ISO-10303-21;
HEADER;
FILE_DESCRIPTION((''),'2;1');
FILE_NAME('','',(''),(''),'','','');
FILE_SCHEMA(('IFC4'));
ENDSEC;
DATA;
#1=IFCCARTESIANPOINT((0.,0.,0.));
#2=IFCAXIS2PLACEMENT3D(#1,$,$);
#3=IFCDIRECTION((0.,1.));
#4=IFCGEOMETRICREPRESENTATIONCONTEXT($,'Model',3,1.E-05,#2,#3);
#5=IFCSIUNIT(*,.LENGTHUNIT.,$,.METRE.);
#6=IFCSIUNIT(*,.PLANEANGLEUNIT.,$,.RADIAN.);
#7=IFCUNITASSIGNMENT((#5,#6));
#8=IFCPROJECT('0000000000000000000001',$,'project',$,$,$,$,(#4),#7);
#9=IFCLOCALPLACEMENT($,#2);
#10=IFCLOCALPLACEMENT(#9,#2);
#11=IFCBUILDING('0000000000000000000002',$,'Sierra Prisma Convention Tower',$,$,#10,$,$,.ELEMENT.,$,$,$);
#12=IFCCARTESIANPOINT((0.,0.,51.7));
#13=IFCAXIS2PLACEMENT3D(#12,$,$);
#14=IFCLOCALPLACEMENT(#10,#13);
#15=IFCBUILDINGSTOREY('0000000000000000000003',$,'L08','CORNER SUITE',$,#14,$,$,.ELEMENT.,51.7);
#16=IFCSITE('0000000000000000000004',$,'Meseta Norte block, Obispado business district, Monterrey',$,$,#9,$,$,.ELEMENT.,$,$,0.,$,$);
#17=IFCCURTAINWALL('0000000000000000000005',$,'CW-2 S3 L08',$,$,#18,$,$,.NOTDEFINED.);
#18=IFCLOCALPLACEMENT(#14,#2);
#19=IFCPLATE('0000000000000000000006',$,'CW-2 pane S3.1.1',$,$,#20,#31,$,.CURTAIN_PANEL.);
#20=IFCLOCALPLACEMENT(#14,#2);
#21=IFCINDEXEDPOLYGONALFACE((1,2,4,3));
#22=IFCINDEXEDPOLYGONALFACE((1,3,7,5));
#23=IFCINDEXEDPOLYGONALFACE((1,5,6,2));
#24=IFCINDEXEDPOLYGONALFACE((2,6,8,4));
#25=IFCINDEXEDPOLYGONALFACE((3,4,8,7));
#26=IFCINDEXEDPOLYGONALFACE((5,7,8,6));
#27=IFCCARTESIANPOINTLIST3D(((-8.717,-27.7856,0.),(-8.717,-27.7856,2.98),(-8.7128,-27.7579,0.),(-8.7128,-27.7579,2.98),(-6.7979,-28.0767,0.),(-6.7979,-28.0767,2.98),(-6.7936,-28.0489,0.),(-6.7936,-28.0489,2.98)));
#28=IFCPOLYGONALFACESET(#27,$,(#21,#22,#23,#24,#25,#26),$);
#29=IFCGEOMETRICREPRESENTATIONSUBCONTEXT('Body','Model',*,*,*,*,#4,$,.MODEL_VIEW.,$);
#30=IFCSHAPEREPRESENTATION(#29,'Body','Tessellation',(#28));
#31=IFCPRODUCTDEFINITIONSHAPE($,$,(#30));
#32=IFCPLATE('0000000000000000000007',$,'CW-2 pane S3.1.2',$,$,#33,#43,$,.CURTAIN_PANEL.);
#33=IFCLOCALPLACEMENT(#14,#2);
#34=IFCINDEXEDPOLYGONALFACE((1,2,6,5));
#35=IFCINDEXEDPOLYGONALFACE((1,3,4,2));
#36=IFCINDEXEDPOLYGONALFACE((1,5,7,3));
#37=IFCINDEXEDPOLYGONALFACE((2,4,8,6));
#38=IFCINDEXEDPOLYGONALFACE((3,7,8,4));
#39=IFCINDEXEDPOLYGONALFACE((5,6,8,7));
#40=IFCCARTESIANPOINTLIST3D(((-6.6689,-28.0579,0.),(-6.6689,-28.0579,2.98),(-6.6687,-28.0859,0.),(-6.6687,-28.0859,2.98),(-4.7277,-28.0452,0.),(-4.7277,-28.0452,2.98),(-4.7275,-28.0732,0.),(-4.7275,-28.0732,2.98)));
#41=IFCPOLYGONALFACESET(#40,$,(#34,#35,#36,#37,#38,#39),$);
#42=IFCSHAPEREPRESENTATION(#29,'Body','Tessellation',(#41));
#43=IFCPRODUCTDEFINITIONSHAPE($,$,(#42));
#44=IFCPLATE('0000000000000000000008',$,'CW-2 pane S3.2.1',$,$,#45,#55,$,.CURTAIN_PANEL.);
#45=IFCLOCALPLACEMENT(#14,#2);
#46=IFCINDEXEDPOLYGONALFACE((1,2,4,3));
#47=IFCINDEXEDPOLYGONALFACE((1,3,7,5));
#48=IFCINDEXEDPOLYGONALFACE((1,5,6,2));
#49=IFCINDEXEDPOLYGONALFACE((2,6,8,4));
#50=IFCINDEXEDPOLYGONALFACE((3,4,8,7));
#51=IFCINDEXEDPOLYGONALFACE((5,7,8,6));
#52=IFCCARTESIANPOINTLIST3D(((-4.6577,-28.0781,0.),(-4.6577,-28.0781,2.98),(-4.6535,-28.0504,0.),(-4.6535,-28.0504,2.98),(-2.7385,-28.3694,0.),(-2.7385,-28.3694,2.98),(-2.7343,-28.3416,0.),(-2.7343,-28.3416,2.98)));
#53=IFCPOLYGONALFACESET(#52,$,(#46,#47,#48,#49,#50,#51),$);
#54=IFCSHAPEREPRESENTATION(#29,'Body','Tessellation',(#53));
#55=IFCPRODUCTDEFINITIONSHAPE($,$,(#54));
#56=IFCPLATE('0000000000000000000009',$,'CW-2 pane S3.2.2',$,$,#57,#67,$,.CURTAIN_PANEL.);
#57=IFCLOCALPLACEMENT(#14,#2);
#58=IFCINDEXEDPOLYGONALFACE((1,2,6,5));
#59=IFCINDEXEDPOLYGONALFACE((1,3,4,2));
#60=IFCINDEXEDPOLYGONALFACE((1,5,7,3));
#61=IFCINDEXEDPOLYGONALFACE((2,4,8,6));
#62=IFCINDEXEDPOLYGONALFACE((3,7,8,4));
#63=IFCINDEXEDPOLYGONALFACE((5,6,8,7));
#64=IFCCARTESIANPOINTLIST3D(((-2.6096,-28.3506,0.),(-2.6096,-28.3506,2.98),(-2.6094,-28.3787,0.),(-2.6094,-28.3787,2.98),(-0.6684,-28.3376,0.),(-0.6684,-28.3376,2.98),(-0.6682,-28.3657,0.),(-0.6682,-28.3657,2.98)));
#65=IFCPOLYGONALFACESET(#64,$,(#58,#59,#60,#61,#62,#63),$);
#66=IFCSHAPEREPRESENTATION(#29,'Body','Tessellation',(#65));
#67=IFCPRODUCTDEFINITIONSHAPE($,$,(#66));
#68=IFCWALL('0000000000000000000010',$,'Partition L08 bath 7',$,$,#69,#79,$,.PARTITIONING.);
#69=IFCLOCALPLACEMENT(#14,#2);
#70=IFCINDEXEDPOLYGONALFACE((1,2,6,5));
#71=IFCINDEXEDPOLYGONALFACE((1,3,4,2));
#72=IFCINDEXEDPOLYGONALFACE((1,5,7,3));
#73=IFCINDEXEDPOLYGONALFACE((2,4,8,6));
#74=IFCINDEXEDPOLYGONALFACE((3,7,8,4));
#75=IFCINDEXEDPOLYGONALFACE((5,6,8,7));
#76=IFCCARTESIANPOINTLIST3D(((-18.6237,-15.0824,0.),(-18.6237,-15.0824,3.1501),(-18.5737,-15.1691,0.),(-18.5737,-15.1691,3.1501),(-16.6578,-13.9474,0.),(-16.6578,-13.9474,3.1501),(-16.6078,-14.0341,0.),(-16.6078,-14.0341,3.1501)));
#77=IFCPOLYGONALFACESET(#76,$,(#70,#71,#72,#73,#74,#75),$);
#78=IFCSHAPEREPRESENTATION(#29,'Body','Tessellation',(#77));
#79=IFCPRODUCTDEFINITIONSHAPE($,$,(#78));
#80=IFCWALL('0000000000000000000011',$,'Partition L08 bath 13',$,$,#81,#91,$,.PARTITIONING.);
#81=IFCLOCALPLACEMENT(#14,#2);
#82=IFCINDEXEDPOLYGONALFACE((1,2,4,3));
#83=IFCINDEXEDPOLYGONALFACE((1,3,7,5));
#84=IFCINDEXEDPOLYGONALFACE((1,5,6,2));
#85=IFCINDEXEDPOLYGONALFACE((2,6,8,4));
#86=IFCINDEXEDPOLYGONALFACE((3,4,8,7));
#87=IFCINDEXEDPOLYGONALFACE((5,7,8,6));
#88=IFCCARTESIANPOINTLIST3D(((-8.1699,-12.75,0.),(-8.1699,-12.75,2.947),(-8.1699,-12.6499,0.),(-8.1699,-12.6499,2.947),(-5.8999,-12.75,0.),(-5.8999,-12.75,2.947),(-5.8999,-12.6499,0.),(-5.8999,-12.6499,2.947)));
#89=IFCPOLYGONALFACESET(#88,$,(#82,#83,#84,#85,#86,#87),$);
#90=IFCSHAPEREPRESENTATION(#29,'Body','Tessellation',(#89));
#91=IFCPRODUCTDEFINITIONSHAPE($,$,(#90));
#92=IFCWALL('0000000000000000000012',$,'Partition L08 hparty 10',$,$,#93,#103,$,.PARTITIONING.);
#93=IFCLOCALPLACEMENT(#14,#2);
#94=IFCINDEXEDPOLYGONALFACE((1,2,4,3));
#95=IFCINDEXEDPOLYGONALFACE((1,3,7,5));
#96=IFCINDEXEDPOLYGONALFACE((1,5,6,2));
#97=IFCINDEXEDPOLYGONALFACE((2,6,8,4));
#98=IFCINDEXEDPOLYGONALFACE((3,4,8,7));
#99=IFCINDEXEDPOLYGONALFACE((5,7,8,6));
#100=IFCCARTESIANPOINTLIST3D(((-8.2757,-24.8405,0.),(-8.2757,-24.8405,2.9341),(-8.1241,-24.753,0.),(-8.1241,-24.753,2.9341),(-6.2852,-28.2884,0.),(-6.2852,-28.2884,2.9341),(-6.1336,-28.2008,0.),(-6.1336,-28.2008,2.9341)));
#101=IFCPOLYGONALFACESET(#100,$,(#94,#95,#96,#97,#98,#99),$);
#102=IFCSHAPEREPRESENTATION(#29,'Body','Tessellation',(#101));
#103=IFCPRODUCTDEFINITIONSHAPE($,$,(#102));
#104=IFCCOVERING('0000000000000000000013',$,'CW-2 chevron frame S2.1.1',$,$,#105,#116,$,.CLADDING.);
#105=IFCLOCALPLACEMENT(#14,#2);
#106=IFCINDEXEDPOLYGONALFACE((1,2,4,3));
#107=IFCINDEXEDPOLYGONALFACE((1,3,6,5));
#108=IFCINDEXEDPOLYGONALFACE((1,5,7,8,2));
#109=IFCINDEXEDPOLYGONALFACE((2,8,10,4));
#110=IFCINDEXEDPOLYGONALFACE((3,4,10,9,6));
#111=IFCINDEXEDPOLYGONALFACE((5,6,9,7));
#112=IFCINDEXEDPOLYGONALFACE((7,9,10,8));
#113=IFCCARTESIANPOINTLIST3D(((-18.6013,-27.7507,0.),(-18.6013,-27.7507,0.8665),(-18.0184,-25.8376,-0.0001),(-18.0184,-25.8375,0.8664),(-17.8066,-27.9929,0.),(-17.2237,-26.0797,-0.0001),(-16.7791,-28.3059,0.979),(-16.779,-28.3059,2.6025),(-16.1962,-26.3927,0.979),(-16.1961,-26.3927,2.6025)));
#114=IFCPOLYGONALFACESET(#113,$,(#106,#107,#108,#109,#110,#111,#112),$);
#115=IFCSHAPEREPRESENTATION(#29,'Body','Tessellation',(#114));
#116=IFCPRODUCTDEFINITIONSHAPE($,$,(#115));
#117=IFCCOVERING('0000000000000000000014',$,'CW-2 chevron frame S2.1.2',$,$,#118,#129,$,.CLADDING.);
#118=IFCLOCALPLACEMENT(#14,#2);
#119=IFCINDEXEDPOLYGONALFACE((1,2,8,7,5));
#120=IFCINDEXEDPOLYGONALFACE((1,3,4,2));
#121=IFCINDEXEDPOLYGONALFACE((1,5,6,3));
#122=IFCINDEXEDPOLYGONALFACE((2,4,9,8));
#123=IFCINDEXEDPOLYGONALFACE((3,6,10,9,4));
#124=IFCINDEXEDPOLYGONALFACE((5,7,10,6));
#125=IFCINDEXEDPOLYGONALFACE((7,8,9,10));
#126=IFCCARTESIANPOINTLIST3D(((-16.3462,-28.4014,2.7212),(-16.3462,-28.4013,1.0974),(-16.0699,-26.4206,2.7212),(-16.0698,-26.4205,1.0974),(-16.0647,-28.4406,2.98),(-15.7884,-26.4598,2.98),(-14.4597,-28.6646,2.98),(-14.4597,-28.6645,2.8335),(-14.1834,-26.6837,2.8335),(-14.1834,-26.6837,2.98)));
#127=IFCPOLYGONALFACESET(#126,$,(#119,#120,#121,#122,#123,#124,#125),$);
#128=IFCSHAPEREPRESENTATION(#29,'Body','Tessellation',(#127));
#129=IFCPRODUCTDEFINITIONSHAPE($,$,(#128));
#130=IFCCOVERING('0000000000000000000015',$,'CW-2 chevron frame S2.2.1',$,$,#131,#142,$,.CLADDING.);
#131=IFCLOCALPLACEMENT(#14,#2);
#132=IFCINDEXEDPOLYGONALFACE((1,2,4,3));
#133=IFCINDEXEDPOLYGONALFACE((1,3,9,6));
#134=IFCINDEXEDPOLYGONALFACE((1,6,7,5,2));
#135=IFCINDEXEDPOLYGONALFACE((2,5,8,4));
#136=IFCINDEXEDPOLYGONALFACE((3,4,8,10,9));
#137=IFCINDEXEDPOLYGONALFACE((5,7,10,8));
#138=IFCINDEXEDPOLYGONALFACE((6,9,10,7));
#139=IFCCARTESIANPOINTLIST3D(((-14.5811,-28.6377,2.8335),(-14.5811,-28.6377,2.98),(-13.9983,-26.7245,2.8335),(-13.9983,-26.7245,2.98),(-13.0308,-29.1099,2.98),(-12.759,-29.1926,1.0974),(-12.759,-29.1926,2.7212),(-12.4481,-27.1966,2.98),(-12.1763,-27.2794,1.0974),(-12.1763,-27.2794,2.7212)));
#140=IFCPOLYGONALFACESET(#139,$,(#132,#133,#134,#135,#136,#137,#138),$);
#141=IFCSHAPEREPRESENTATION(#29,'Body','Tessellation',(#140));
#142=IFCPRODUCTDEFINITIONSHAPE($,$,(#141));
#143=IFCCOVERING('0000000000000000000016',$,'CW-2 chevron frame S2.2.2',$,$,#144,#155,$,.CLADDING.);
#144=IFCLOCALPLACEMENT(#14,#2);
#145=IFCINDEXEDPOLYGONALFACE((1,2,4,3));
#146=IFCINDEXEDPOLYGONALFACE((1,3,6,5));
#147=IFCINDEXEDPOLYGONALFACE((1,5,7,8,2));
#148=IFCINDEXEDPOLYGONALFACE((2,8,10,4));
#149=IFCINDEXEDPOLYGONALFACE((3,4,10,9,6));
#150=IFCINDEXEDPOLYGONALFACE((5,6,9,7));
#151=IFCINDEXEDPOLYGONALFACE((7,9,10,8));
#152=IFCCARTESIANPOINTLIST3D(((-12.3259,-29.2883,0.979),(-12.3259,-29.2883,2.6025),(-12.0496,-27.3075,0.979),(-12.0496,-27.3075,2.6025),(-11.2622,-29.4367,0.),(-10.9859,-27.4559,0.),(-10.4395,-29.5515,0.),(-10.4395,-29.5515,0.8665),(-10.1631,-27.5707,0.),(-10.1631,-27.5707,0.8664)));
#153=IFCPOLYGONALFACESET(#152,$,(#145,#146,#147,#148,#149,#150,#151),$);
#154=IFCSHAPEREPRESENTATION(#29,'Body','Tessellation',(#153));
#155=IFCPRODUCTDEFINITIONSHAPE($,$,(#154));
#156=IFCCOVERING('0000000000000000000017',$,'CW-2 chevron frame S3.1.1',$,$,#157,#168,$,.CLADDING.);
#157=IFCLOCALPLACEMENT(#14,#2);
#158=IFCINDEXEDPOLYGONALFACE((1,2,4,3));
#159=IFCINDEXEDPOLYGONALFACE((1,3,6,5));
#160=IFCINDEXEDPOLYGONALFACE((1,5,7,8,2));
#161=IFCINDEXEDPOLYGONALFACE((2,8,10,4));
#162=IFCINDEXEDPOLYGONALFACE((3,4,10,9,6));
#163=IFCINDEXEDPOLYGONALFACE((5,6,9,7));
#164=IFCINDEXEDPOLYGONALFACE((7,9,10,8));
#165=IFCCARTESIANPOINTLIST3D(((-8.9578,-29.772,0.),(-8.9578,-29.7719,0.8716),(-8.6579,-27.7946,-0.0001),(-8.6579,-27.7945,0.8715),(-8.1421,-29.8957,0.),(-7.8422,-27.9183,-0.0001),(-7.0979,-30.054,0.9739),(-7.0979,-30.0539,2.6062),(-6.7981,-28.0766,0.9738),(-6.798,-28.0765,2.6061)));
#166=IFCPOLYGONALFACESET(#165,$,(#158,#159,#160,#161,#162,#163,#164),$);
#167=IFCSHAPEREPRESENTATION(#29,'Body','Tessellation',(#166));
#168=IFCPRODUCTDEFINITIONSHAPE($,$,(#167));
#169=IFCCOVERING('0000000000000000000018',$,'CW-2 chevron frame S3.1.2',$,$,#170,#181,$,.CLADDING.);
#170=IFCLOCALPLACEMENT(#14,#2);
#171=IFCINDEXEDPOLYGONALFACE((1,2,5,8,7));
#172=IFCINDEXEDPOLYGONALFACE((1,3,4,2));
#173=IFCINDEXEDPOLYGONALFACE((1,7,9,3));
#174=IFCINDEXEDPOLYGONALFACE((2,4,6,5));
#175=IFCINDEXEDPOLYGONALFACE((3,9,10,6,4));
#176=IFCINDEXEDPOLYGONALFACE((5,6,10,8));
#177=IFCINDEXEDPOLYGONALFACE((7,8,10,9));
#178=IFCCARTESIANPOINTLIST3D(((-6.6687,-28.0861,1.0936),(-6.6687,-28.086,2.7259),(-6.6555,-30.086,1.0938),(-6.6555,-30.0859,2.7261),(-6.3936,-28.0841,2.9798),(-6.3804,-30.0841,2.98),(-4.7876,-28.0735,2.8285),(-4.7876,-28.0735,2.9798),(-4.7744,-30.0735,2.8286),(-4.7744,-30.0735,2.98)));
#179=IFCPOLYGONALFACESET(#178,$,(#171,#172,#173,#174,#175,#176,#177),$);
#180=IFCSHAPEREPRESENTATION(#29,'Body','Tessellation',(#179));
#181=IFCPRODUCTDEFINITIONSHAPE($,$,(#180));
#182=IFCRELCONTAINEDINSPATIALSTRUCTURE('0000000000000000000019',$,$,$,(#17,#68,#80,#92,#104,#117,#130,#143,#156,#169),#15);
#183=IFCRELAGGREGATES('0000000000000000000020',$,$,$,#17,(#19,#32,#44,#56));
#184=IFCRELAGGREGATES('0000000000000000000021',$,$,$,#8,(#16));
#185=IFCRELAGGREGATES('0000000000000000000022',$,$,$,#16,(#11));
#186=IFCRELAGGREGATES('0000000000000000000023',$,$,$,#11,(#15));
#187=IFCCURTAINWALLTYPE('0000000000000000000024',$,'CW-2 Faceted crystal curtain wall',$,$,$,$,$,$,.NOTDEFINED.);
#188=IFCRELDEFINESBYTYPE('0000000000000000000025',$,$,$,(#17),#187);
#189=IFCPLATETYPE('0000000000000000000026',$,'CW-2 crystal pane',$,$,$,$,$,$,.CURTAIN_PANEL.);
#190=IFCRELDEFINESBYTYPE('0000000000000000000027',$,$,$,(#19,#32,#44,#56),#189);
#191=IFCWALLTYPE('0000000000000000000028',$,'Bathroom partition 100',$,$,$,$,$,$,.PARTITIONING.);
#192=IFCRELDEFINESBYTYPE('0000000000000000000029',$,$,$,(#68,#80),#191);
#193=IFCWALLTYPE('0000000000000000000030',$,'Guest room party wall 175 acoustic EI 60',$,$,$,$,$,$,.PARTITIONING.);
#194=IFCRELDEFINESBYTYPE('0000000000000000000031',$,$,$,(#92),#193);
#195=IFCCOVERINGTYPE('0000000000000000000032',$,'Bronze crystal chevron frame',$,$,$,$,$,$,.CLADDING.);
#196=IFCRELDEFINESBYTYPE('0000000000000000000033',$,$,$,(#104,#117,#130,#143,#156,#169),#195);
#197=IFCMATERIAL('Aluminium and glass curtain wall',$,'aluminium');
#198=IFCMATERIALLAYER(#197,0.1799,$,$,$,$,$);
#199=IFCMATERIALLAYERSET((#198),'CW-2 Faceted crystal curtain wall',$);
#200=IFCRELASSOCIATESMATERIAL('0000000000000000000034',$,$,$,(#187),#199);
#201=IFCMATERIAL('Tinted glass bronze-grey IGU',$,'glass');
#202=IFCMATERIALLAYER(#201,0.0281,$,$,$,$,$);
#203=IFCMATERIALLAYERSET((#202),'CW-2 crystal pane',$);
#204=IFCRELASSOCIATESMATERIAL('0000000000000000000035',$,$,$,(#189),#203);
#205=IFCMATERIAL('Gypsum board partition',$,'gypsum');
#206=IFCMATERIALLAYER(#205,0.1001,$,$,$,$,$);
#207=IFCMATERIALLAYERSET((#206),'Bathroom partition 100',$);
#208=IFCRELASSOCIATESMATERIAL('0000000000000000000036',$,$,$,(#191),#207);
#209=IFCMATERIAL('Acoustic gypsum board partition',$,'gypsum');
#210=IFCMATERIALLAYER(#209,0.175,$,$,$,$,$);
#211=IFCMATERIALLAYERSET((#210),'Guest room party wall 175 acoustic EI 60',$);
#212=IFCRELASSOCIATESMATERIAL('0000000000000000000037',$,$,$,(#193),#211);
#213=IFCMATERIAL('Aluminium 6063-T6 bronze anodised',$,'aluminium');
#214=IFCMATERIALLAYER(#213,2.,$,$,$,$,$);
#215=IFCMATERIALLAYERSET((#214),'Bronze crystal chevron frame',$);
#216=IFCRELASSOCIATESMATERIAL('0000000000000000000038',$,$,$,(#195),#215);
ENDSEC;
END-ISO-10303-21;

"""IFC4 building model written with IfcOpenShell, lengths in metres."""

from ifc_helpers import new_model, si_unit, direction, frame, frame_2d, origin, place, context, subcontext, project, spatial, polyline, rectangle, outline, extrude, material, layer, layer_set, type_object, element, aggregate, save


model = new_model("IFC4")

# Units and contexts
model_context = context("Model", 3, precision=1e-05, world=origin(), true_north=direction((0.0, 1.0)))
body_context = subcontext(model_context, "Body", "Model", "MODEL_VIEW")
ifc_project = project(units=[si_unit("LENGTHUNIT", "METRE"), si_unit("PLANEANGLEUNIT", "RADIAN")], contexts=[model_context])

# Site, building, storey
site_placement = place(None, origin())
site = spatial("IfcSite", under=ifc_project, at=site_placement, Name="Meseta Norte block, Obispado business district, Monterrey", CompositionType="ELEMENT", RefElevation=0.0)
building_placement = place(site_placement, origin())
building = spatial("IfcBuilding", under=site, at=building_placement, Name="Sierra Prisma Convention Tower", CompositionType="ELEMENT")
storey_placement = place(building_placement, frame((0.0, 0.0, 51.7)))
storey = spatial("IfcBuildingStorey", under=building, at=storey_placement, Name="L08", Description="CORNER SUITE", CompositionType="ELEMENT", Elevation=51.7)

# Curtain wall
ifc_material_1 = material(Name="Aluminium and glass curtain wall", Category="aluminium")
ifc_layer_1 = layer(ifc_material_1, 0.1799)
ifc_layer_set_1 = layer_set([ifc_layer_1], Name="CW-2 Faceted crystal curtain wall")
curtain_wall_type = type_object("IfcCurtainWallType", Name="CW-2 Faceted crystal curtain wall", PredefinedType="NOTDEFINED", material=ifc_layer_set_1)
curtain_wall_1_placement = place(storey_placement, origin())
curtain_wall_1 = element("IfcCurtainWall", 1, at=curtain_wall_1_placement, inside=storey, type_object=curtain_wall_type, Name="CW-2 S3 L08", PredefinedType="NOTDEFINED")

# Plates
ifc_material_2 = material(Name="Tinted glass bronze-grey IGU", Category="glass")
ifc_layer_2 = layer(ifc_material_2, 0.0281)
ifc_layer_set_2 = layer_set([ifc_layer_2], Name="CW-2 crystal pane")
plate_type = type_object("IfcPlateType", Name="CW-2 crystal pane", PredefinedType="CURTAIN_PANEL", material=ifc_layer_set_2)
plate_1_placement = place(storey_placement, frame((-8.717, -27.7856, 0.0), z_axis=(-0.149921, -0.988698, 0.0), x_axis=(0.988698, -0.149921, 0.0)))
plate_1 = element("IfcPlate", 2, at=plate_1_placement, type_object=plate_type, Name="CW-2 pane S3.1.1", PredefinedType="CURTAIN_PANEL", context=body_context, shape_type="SweptSolid", body=[
    extrude(outline(polyline([(0.0, 0.0), (1.9411, 0.0), (1.9411, 2.98), (0.0, 2.98), (0.0, 0.0)])), origin(), (0.0, 0.0, -1.0), 0.0281),
])
plate_2_placement = place(storey_placement, frame((-4.7275, -28.0732, 0.0), z_axis=(0.00654, -0.999979, 0.0), x_axis=(-0.999979, -0.00654, 0.0)))
plate_2 = element("IfcPlate", 3, at=plate_2_placement, type_object=plate_type, Name="CW-2 pane S3.1.2", PredefinedType="CURTAIN_PANEL", context=body_context, shape_type="SweptSolid", body=[
    extrude(outline(polyline([(0.0, 0.0), (1.9412, 0.0), (1.9412, -2.98), (0.0, -2.98), (0.0, 0.0)])), origin(), (0.0, 0.0, -1.0), 0.0281),
])
plate_3_placement = place(storey_placement, frame((-4.6577, -28.0781, 0.0), z_axis=(-0.150044, -0.988679, 0.0), x_axis=(0.988679, -0.150044, 0.0)))
plate_3 = element("IfcPlate", 4, at=plate_3_placement, type_object=plate_type, Name="CW-2 pane S3.2.1", PredefinedType="CURTAIN_PANEL", context=body_context, shape_type="SweptSolid", body=[
    extrude(outline(polyline([(0.0, 0.0), (1.9412, 0.0), (1.9412, 2.98), (0.0, 2.98), (0.0, 0.0)])), origin(), (0.0, 0.0, -1.0), 0.0281),
])
plate_4_placement = place(storey_placement, frame((-0.6682, -28.3657, 0.0), z_axis=(0.006666, -0.999978, 0.0), x_axis=(-0.999978, -0.006666, 0.0)))
plate_4 = element("IfcPlate", 5, at=plate_4_placement, type_object=plate_type, Name="CW-2 pane S3.2.2", PredefinedType="CURTAIN_PANEL", context=body_context, shape_type="SweptSolid", body=[
    extrude(outline(polyline([(0.0, 0.0), (1.9412, 0.0), (1.9412, -2.98), (0.0, -2.98), (0.0, 0.0)])), origin(), (0.0, 0.0, -1.0), 0.0281),
])
aggregate(curtain_wall_1, [plate_1, plate_2, plate_3, plate_4])

# Walls
ifc_material_3 = material(Name="Gypsum board partition", Category="gypsum")
ifc_layer_3 = layer(ifc_material_3, 0.1001)
ifc_layer_set_3 = layer_set([ifc_layer_3], Name="Bathroom partition 100")
wall_type_1 = type_object("IfcWallType", Name="Bathroom partition 100", PredefinedType="PARTITIONING", material=ifc_layer_set_3)
wall_1_placement = place(storey_placement, frame((-16.6328, -13.9907, 0.0), z_axis=(0.0, 0.0, 1.0), x_axis=(-0.866017, -0.500014, 0.0)))
element("IfcWall", 6, at=wall_1_placement, inside=storey, type_object=wall_type_1, Name="Partition L08 bath 7", PredefinedType="PARTITIONING", context=body_context, shape_type="SweptSolid", body=[
    extrude(rectangle(XDim=2.27, YDim=0.1001, at=frame_2d((1.135, 0.0))), origin(), (0.0, 0.0, 1.0), 3.1501),
])
wall_2_placement = place(storey_placement, frame((-5.8999, -12.7, 0.0), z_axis=(0.0, 0.0, 1.0), x_axis=(-1.0, 0.0, 0.0)))
element("IfcWall", 7, at=wall_2_placement, inside=storey, type_object=wall_type_1, Name="Partition L08 bath 13", PredefinedType="PARTITIONING", context=body_context, shape_type="SweptSolid", body=[
    extrude(rectangle(XDim=2.27, YDim=0.1001, at=frame_2d((1.135, 0.0))), origin(), (0.0, 0.0, 1.0), 2.947),
])
ifc_material_4 = material(Name="Acoustic gypsum board partition", Category="gypsum")
ifc_layer_4 = layer(ifc_material_4, 0.175)
ifc_layer_set_4 = layer_set([ifc_layer_4], Name="Guest room party wall 175 acoustic EI 60")
wall_type_2 = type_object("IfcWallType", Name="Guest room party wall 175 acoustic EI 60", PredefinedType="PARTITIONING", material=ifc_layer_set_4)
wall_3_placement = place(storey_placement, frame((-8.2, -24.7966, 0.0), z_axis=(0.0, 0.0, 1.0), x_axis=(0.499984, -0.866034, 0.0)))
element("IfcWall", 8, at=wall_3_placement, inside=storey, type_object=wall_type_2, Name="Partition L08 hparty 10", PredefinedType="PARTITIONING", context=body_context, shape_type="SweptSolid", body=[
    extrude(rectangle(XDim=3.9812, YDim=0.175, at=frame_2d((1.9907, 0.0))), origin(), (0.0, 0.0, 1.0), 2.9341),
])

# Coverings
ifc_material_5 = material(Name="Aluminium 6063-T6 bronze anodised", Category="aluminium")
ifc_layer_5 = layer(ifc_material_5, 2.0)
ifc_layer_set_5 = layer_set([ifc_layer_5], Name="Bronze crystal chevron frame")
covering_type = type_object("IfcCoveringType", Name="Bronze crystal chevron frame", PredefinedType="CLADDING", material=ifc_layer_set_5)
covering_1_placement = place(storey_placement, frame((-18.6013, -27.7507, 0.0), z_axis=(-0.29145, -0.956586, 0.000026), x_axis=(0.956586, -0.29145, 0.0)))
element("IfcCovering", 9, at=covering_1_placement, inside=storey, type_object=covering_type, Name="CW-2 chevron frame S2.1.1", PredefinedType="CLADDING", context=body_context, shape_type="SweptSolid", body=[
    extrude(outline(polyline([(0.0, 0.0), (0.8308, 0.0), (1.905, 0.979), (1.905, 2.6025), (0.0, 0.8665), (0.0, 0.0)])), origin(), (0.0, 0.0, -1.0), 2.0),
])
covering_2_placement = place(storey_placement, frame((-16.3462, -28.4014, 2.7212), z_axis=(-0.13817, -0.990408, -0.000017), x_axis=(0.000002, 0.000017, -1.0)))
element("IfcCovering", 10, at=covering_2_placement, inside=storey, type_object=covering_type, Name="CW-2 chevron frame S2.1.2", PredefinedType="CLADDING", context=body_context, shape_type="SweptSolid", body=[
    extrude(outline(polyline([(0.0, 0.0), (1.6238, 0.0), (-0.1123, 1.9047), (-0.2588, 1.9047), (-0.2588, 0.2842), (0.0, 0.0)])), origin(), (0.0, 0.0, -1.0), 2.0),
])
covering_3_placement = place(storey_placement, frame((-14.5811, -28.6377, 2.98), z_axis=(-0.291355, -0.956615, 0.000002), x_axis=(0.0, -0.000002, -1.0)))
element("IfcCovering", 11, at=covering_3_placement, inside=storey, type_object=covering_type, Name="CW-2 chevron frame S2.2.1", PredefinedType="CLADDING", context=body_context, shape_type="SweptSolid", body=[
    extrude(outline(polyline([(0.0, 0.0), (0.1465, 0.0), (1.8826, 1.9047), (0.2588, 1.9047), (0.0, 1.6206), (0.0, 0.0)])), origin(), (0.0, 0.0, -1.0), 2.0),
])
covering_4_placement = place(storey_placement, frame((-10.4395, -29.5515, 0.0), z_axis=(-0.138166, -0.990409, 0.000013), x_axis=(0.000002, 0.000012, 1.0)))
element("IfcCovering", 12, at=covering_4_placement, inside=storey, type_object=covering_type, Name="CW-2 chevron frame S2.2.2", PredefinedType="CLADDING", context=body_context, shape_type="SweptSolid", body=[
    extrude(outline(polyline([(0.0, 0.0), (0.8665, 0.0), (2.6025, 1.9047), (0.979, 1.9047), (0.0, 0.8307), (0.0, 0.0)])), origin(), (0.0, 0.0, -1.0), 2.0),
])
covering_5_placement = place(storey_placement, frame((-8.9578, -29.772, 0.0), z_axis=(-0.149921, -0.988698, 0.000038), x_axis=(0.988698, -0.149921, 0.0)))
element("IfcCovering", 13, at=covering_5_placement, inside=storey, type_object=covering_type, Name="CW-2 chevron frame S3.1.1", PredefinedType="CLADDING", context=body_context, shape_type="SweptSolid", body=[
    extrude(outline(polyline([(0.0, 0.0), (0.825, 0.0), (1.8811, 0.9739), (1.8811, 2.6062), (0.0, 0.8716), (0.0, 0.0)])), origin(), (0.0, 0.0, -1.0), 2.0),
])
covering_6_placement = place(storey_placement, frame((-6.6555, -30.0859, 2.7261), z_axis=(0.00661, -0.999978, 0.000066), x_axis=(0.0, -0.000066, -1.0)))
element("IfcCovering", 14, at=covering_6_placement, inside=storey, type_object=covering_type, Name="CW-2 chevron frame S3.1.2", PredefinedType="CLADDING", context=body_context, shape_type="SweptSolid", body=[
    extrude(outline(polyline([(0.0, 0.0), (1.6323, 0.0), (-0.1025, 1.8811), (-0.2539, 1.8811), (-0.2539, 0.2752), (0.0, 0.0)])), origin(), (0.0, 0.0, -1.0), 2.0),
])

save(model, "model.ifc")
